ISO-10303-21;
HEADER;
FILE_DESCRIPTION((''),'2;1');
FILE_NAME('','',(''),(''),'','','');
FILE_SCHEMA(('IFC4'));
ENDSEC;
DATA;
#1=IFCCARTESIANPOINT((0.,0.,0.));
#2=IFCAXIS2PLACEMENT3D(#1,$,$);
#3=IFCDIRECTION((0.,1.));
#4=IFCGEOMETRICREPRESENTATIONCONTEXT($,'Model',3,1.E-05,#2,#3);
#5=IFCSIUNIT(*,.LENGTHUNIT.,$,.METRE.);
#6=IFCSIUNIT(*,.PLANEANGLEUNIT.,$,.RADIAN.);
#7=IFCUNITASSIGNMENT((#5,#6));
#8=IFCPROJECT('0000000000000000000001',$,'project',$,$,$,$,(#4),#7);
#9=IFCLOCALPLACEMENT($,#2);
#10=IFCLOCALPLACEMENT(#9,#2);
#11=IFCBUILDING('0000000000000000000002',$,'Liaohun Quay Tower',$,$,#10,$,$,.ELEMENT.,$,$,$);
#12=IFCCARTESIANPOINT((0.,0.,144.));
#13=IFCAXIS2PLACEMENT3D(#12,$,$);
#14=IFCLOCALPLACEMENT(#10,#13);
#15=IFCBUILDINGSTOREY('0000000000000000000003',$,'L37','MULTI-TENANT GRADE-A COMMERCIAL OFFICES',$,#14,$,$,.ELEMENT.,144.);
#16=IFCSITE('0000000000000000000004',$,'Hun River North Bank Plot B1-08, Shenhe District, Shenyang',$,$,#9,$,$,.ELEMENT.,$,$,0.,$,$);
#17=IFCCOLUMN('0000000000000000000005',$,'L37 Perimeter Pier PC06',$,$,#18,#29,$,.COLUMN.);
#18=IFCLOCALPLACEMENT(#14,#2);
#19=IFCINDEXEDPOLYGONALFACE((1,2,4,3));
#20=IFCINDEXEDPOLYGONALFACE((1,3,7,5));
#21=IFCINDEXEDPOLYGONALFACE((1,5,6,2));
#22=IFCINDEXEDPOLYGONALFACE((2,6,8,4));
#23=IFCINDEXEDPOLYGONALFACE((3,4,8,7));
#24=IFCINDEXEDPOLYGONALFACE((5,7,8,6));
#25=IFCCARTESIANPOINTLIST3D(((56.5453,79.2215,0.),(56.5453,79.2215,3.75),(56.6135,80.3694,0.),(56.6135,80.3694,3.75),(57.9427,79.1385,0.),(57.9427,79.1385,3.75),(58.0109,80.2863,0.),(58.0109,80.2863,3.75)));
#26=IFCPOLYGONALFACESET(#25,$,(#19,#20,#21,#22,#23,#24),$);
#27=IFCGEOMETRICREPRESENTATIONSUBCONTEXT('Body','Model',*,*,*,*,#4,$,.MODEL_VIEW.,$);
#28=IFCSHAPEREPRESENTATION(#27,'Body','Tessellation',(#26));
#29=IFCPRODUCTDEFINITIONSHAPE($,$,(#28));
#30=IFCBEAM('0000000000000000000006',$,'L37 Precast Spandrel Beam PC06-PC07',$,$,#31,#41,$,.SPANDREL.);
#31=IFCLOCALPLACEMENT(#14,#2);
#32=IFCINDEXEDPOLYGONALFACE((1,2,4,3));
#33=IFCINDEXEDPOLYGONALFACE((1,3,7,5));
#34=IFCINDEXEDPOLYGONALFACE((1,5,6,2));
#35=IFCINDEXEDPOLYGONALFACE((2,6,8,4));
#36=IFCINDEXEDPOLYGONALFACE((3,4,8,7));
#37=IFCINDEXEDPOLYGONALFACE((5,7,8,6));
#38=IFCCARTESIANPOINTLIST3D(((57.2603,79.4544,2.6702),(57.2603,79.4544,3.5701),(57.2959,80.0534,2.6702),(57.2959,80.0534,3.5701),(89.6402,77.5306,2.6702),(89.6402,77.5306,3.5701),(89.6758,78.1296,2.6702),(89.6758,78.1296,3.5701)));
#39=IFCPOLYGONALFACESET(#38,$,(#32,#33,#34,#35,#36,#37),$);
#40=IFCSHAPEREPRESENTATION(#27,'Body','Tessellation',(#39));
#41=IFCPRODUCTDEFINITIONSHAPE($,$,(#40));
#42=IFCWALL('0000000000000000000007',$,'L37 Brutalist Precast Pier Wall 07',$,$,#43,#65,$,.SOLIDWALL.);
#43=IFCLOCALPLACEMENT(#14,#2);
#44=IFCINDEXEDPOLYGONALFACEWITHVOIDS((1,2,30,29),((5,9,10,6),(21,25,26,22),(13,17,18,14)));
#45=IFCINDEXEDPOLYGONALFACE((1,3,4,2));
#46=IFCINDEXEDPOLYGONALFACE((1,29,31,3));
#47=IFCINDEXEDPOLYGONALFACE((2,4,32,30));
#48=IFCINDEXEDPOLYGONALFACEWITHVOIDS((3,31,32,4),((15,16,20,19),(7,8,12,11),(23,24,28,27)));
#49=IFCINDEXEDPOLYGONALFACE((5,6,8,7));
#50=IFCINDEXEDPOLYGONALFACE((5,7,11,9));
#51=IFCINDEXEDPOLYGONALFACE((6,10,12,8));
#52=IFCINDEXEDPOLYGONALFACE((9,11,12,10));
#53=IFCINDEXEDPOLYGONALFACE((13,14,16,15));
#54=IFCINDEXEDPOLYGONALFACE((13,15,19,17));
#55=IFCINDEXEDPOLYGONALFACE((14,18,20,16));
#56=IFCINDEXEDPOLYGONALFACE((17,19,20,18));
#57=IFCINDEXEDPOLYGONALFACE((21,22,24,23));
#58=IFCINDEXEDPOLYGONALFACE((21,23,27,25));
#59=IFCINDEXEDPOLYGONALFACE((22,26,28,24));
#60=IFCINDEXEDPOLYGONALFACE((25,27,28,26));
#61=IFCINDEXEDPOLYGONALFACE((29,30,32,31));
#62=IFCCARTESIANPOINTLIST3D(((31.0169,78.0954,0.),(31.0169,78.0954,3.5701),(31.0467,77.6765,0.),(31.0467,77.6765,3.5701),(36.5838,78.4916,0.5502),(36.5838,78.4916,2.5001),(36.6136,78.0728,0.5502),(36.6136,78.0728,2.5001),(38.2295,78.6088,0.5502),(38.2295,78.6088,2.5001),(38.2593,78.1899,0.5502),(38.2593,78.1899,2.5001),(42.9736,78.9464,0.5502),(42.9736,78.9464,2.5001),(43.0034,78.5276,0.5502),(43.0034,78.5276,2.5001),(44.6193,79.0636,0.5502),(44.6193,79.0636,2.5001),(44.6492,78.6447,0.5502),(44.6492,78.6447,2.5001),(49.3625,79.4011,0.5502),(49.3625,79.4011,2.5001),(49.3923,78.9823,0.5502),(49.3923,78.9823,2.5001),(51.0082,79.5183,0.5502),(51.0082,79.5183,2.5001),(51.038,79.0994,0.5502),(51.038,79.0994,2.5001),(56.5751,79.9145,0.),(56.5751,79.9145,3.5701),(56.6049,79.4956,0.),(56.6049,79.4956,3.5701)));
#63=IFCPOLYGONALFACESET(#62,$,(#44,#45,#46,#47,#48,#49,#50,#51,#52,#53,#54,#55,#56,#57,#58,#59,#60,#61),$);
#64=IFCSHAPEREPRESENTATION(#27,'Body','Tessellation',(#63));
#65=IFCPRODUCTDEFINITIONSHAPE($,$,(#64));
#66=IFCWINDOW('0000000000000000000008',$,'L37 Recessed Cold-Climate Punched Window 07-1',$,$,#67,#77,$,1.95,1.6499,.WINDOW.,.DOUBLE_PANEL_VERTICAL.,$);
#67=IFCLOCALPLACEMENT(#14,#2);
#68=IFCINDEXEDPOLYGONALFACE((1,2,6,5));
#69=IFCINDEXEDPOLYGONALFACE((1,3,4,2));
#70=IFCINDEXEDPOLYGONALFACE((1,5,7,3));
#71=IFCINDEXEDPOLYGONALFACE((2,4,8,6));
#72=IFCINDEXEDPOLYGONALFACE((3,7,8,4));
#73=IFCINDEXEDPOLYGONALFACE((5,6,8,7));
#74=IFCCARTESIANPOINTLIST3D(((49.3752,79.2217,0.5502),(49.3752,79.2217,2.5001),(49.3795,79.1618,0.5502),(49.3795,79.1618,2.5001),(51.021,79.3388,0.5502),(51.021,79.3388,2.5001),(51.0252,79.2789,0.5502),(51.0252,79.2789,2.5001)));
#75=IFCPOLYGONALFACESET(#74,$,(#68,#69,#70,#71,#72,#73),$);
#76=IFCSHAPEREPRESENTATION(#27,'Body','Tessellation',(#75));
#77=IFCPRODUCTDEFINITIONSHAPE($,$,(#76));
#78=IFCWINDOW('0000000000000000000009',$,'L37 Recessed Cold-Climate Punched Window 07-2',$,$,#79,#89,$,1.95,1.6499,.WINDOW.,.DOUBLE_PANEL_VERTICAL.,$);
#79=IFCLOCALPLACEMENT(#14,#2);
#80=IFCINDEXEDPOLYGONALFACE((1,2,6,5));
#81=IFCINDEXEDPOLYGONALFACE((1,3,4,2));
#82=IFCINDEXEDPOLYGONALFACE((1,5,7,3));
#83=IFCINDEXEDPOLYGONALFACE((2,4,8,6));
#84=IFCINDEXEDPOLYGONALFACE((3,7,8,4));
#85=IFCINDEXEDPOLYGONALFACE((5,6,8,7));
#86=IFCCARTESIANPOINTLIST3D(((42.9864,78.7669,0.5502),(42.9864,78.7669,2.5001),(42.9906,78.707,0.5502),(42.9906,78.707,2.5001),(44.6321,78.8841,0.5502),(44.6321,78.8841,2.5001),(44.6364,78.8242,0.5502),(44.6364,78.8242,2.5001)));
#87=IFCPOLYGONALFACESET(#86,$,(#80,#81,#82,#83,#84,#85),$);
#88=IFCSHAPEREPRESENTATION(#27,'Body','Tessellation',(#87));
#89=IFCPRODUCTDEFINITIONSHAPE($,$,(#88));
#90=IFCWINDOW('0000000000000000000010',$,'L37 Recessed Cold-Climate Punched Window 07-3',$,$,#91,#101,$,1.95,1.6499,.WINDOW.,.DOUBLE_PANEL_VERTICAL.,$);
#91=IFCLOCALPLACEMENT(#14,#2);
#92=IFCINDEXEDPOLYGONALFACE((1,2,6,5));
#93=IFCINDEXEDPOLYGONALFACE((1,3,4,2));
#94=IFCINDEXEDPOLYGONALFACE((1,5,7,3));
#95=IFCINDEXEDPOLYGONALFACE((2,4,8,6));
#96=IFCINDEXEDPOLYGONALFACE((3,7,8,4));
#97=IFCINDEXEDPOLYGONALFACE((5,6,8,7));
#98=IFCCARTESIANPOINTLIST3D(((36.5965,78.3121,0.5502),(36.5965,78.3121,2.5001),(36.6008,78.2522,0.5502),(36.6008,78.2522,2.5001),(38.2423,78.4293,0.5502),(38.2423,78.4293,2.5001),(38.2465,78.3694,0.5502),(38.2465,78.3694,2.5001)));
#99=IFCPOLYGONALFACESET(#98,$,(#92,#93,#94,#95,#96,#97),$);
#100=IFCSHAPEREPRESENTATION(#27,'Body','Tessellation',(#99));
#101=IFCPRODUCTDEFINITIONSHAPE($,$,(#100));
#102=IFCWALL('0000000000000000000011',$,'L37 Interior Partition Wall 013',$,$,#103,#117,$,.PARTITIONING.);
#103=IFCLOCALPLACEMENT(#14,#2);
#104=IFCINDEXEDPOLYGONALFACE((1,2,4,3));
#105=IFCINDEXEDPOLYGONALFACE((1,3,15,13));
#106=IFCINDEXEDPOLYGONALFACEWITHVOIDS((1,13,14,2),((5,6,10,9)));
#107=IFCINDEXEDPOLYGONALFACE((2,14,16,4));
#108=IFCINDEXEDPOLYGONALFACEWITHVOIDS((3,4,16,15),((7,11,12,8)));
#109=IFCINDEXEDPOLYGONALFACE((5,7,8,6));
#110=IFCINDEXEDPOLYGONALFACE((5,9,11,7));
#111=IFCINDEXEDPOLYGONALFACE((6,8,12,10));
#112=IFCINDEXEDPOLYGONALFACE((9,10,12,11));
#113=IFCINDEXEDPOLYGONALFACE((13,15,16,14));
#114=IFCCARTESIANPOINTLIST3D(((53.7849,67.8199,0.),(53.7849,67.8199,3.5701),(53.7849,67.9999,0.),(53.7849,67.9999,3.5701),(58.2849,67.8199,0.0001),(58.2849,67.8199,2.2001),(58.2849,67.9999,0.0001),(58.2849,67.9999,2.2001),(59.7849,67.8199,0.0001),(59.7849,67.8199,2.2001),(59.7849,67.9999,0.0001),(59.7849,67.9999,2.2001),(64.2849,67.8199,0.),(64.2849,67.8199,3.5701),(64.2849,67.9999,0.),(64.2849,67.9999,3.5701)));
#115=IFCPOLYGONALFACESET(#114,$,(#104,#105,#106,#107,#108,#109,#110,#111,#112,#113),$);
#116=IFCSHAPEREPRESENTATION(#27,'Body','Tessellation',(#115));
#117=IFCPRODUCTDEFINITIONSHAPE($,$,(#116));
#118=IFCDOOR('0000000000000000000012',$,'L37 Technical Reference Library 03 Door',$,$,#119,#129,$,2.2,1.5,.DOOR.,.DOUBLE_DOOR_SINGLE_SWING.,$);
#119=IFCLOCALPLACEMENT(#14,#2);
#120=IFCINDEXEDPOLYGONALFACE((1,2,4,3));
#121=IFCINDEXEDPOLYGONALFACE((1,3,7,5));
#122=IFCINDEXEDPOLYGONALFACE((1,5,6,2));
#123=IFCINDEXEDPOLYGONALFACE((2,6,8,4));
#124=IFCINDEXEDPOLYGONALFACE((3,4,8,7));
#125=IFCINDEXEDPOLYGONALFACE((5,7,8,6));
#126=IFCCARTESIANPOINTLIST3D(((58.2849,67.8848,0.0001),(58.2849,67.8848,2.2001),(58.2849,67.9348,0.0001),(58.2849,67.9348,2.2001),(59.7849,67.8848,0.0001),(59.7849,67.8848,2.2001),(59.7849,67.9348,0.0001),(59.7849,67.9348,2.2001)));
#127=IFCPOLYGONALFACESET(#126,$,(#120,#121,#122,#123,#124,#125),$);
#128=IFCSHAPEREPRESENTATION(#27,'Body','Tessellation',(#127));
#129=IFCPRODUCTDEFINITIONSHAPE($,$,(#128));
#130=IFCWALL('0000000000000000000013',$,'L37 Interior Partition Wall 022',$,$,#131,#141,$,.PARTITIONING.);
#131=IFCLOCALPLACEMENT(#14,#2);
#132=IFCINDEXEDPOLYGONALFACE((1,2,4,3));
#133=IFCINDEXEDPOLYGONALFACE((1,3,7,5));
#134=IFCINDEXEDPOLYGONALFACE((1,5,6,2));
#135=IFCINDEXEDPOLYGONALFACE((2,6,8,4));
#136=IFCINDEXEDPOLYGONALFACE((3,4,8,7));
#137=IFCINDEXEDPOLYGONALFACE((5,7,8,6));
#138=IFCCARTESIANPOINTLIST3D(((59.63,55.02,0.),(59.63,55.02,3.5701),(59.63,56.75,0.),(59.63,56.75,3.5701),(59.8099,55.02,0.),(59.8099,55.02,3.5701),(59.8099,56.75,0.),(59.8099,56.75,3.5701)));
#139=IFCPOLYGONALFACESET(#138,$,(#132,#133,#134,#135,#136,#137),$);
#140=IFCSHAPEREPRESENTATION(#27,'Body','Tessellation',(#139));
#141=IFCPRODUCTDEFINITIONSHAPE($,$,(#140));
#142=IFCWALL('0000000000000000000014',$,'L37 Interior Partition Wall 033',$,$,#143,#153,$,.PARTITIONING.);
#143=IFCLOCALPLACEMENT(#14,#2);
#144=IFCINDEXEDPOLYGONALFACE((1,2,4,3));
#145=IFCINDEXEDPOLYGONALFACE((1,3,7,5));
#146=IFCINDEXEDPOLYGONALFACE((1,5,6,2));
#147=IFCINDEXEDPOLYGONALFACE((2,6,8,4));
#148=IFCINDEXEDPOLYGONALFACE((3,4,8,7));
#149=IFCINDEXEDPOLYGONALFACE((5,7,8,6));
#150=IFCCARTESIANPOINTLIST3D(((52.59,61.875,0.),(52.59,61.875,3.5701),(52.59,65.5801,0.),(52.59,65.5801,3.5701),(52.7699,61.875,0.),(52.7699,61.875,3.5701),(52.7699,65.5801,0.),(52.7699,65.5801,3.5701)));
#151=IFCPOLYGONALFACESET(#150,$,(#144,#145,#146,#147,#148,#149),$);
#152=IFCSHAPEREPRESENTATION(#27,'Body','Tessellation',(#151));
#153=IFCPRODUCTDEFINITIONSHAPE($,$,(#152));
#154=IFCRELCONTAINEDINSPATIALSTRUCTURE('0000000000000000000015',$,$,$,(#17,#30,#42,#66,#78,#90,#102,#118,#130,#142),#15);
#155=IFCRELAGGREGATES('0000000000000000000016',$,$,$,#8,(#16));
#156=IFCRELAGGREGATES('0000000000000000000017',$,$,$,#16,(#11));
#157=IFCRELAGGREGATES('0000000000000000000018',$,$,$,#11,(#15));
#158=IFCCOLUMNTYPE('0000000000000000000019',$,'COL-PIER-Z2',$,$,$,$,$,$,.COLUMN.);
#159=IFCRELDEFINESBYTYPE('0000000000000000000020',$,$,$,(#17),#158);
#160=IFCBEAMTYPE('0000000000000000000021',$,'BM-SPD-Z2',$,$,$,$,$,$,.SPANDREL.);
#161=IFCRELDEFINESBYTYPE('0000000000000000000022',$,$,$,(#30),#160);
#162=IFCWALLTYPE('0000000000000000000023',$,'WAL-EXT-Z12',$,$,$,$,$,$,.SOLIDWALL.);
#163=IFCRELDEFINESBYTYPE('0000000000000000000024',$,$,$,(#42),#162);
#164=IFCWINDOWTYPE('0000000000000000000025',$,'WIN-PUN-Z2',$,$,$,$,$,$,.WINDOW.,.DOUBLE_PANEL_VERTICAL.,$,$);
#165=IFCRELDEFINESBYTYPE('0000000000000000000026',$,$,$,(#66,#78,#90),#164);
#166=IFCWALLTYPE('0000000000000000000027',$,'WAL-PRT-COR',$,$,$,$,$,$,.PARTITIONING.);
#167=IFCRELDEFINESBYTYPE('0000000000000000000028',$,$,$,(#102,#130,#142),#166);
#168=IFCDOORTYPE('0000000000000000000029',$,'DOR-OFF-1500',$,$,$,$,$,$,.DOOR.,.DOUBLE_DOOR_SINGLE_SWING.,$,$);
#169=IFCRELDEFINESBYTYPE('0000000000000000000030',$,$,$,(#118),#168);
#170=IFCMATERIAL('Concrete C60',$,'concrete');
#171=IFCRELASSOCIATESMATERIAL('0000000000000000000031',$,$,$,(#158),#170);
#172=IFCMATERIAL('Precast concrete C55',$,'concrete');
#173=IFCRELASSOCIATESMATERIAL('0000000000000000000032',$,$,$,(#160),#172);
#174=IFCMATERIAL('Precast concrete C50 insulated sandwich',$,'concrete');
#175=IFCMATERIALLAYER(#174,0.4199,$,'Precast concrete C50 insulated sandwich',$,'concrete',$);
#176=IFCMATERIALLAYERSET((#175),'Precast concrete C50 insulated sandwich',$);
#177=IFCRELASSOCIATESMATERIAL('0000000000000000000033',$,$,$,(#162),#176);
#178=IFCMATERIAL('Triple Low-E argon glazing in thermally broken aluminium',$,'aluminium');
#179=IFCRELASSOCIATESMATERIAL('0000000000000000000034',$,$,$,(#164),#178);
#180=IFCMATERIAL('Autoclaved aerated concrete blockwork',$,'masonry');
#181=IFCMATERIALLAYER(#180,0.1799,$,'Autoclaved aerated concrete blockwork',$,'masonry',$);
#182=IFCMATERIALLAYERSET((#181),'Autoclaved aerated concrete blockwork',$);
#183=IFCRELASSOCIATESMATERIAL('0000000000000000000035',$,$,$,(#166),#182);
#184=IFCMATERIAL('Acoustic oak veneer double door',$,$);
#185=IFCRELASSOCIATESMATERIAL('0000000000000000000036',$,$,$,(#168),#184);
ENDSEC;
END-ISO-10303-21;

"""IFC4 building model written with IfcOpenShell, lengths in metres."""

from ifc_helpers import new_model, si_unit, direction, frame, frame_2d, origin, origin_2d, place, context, subcontext, project, spatial, rectangle, extrude, source, transform, mapped, material, layer, layer_set, material_profile, profile_set, type_object, element, fill, save


model = new_model("IFC4")

# Units and contexts
model_context = context("Model", 3, precision=1e-05, world=origin(), true_north=direction((0.0, 1.0)))
body_context = subcontext(model_context, "Body", "Model", "MODEL_VIEW")
ifc_project = project(units=[si_unit("LENGTHUNIT", "METRE"), si_unit("PLANEANGLEUNIT", "RADIAN")], contexts=[model_context])

# Site, building, storey
site_placement = place(None, origin())
site = spatial("IfcSite", under=ifc_project, at=site_placement, Name="Hun River North Bank Plot B1-08, Shenhe District, Shenyang", CompositionType="ELEMENT", RefElevation=0.0)
building_placement = place(site_placement, origin())
building = spatial("IfcBuilding", under=site, at=building_placement, Name="Liaohun Quay Tower", CompositionType="ELEMENT")
storey_placement = place(building_placement, frame((0.0, 0.0, 144.0)))
storey = spatial("IfcBuildingStorey", under=building, at=storey_placement, Name="L37", Description="MULTI-TENANT GRADE-A COMMERCIAL OFFICES", CompositionType="ELEMENT", Elevation=144.0)

# Column
ifc_material_1 = material(Name="Concrete C60", Category="concrete")
ifc_material_profile_1 = material_profile(ifc_material_1, rectangle(XDim=1.3999, YDim=1.1499, at=origin_2d()), Name="RC1400x1150")
ifc_profile_set_1 = profile_set([ifc_material_profile_1], Name="Concrete C60")
column_type = type_object("IfcColumnType", Name="COL-PIER-Z2", PredefinedType="COLUMN", material=ifc_profile_set_1)
shared_shape_1 = source(origin(), body_context, "Body", "SweptSolid", [
    extrude(rectangle(XDim=1.3999, YDim=1.1499, at=origin_2d()), origin(), (0.0, 0.0, 1.0), 3.75),
])
column_placement = place(storey_placement, frame((57.2781, 79.7539, 0.0), z_axis=(0.0, 0.0, 1.0), x_axis=(-0.99824, 0.059306, 0.0)))
element("IfcColumn", 1, at=column_placement, inside=storey, type_object=column_type, Name="L37 Perimeter Pier PC06", PredefinedType="COLUMN", context=body_context, shape_type="MappedRepresentation", body=[
    mapped(shared_shape_1, transform((0.0, 0.0, 0.0), x_axis=(1.0, 0.0, 0.0), y_axis=(0.0, 1.0, 0.0), z_axis=(0.0, 0.0, 1.0), scale=1.0)),
])

# Beam
ifc_material_2 = material(Name="Precast concrete C55", Category="concrete")
ifc_material_profile_2 = material_profile(ifc_material_2, rectangle(XDim=0.6001, YDim=0.8999, at=origin_2d()), Name="RC600x900")
ifc_profile_set_2 = profile_set([ifc_material_profile_2], Name="Precast concrete C55")
beam_type = type_object("IfcBeamType", Name="BM-SPD-Z2", PredefinedType="SPANDREL", material=ifc_profile_set_2)
shared_shape_2 = source(origin(), body_context, "Body", "SweptSolid", [
    extrude(rectangle(XDim=0.6001, YDim=0.8999, at=origin_2d()), origin(), (0.0, 0.0, 1.0), 32.437),
])
beam_placement = place(storey_placement, frame((57.2781, 79.7539, 3.1201), z_axis=(0.99824, -0.05931, 0.0), x_axis=(0.05931, 0.99824, 0.0)))
element("IfcBeam", 2, at=beam_placement, inside=storey, type_object=beam_type, Name="L37 Precast Spandrel Beam PC06-PC07", PredefinedType="SPANDREL", context=body_context, shape_type="MappedRepresentation", body=[
    mapped(shared_shape_2, transform((0.0, 0.0, 0.0), x_axis=(1.0, 0.0, 0.0), y_axis=(0.0, 1.0, 0.0), z_axis=(0.0, 0.0, 1.0), scale=1.0)),
])

# Wall, openings, windows
ifc_material_3 = material(Name="Precast concrete C50 insulated sandwich", Category="concrete")
ifc_layer_1 = layer(ifc_material_3, 0.4199, Name="Precast concrete C50 insulated sandwich", Category="concrete")
ifc_layer_set_1 = layer_set([ifc_layer_1], Name="Precast concrete C50 insulated sandwich")
wall_type_1 = type_object("IfcWallType", Name="WAL-EXT-Z12", PredefinedType="SOLIDWALL", material=ifc_layer_set_1)
wall_1_placement = place(storey_placement, frame((56.5901, 79.7051, 0.0), z_axis=(0.0, 0.0, 1.0), x_axis=(-0.997477, -0.070995, 0.0)))
wall_1 = element("IfcWall", 3, at=wall_1_placement, inside=storey, type_object=wall_type_1, Name="L37 Brutalist Precast Pier Wall 07", PredefinedType="SOLIDWALL", context=body_context, shape_type="SweptSolid", body=[
    extrude(rectangle(XDim=25.6228, YDim=0.4199, at=frame_2d((12.8115, 0.0))), origin(), (0.0, 0.0, 1.0), 3.5701),
])
shared_shape_3 = source(origin(), body_context, "Body", "SweptSolid", [
    extrude(rectangle(XDim=1.6499, YDim=1.95, at=frame_2d((0.825, 0.9751))), frame((0.0, 0.22, 0.0), z_axis=(0.0, -1.0, 0.0), x_axis=(1.0, 0.0, 0.0)), (0.0, 0.0, 1.0), 0.4399),
])
opening_1_placement = place(wall_1_placement, frame((5.5811, 0.0, 0.55)))
opening_1 = element("IfcOpeningElement", 4, at=opening_1_placement, cuts=wall_1, PredefinedType="OPENING", context=body_context, shape_type="MappedRepresentation", body=[
    mapped(shared_shape_3, transform((0.0, 0.0, 0.0), x_axis=(1.0, 0.0, 0.0), y_axis=(0.0, 1.0, 0.0), z_axis=(0.0, 0.0, 1.0), scale=1.0)),
])
opening_2_placement = place(wall_1_placement, frame((11.9861, 0.0, 0.55)))
opening_2 = element("IfcOpeningElement", 5, at=opening_2_placement, cuts=wall_1, PredefinedType="OPENING", context=body_context, shape_type="MappedRepresentation", body=[
    mapped(shared_shape_3, transform((0.0, 0.0, 0.0), x_axis=(1.0, 0.0, 0.0), y_axis=(0.0, 1.0, 0.0), z_axis=(0.0, 0.0, 1.0), scale=1.0)),
])
opening_3_placement = place(wall_1_placement, frame((18.3921, 0.0, 0.55)))
opening_3 = element("IfcOpeningElement", 6, at=opening_3_placement, cuts=wall_1, PredefinedType="OPENING", context=body_context, shape_type="MappedRepresentation", body=[
    mapped(shared_shape_3, transform((0.0, 0.0, 0.0), x_axis=(1.0, 0.0, 0.0), y_axis=(0.0, 1.0, 0.0), z_axis=(0.0, 0.0, 1.0), scale=1.0)),
])
ifc_material_4 = material(Name="Triple Low-E argon glazing in thermally broken aluminium", Category="aluminium")
window_type = type_object("IfcWindowType", Name="WIN-PUN-Z2", PartitioningType="DOUBLE_PANEL_VERTICAL", PredefinedType="WINDOW", material=ifc_material_4)
shared_shape_4 = source(origin(), body_context, "Body", "SweptSolid", [
    extrude(rectangle(XDim=1.6499, YDim=1.95, at=frame_2d((0.825, 0.9751))), frame((0.0, 0.03, 0.0), z_axis=(0.0, -1.0, 0.0), x_axis=(1.0, 0.0, 0.0)), (0.0, 0.0, 1.0), 0.0601),
])
window_1_placement = place(opening_1_placement, origin())
window_1 = element("IfcWindow", 7, at=window_1_placement, inside=storey, type_object=window_type, Name="L37 Recessed Cold-Climate Punched Window 07-1", OverallHeight=1.95, OverallWidth=1.6499, PartitioningType="DOUBLE_PANEL_VERTICAL", PredefinedType="WINDOW", context=body_context, shape_type="MappedRepresentation", body=[
    mapped(shared_shape_4, transform((0.0, 0.0, 0.0), x_axis=(1.0, 0.0, 0.0), y_axis=(0.0, 1.0, 0.0), z_axis=(0.0, 0.0, 1.0), scale=1.0)),
])
fill(opening_1, window_1)
window_2_placement = place(opening_2_placement, origin())
window_2 = element("IfcWindow", 8, at=window_2_placement, inside=storey, type_object=window_type, Name="L37 Recessed Cold-Climate Punched Window 07-2", OverallHeight=1.95, OverallWidth=1.6499, PartitioningType="DOUBLE_PANEL_VERTICAL", PredefinedType="WINDOW", context=body_context, shape_type="MappedRepresentation", body=[
    mapped(shared_shape_4, transform((0.0, 0.0, 0.0), x_axis=(1.0, 0.0, 0.0), y_axis=(0.0, 1.0, 0.0), z_axis=(0.0, 0.0, 1.0), scale=1.0)),
])
fill(opening_2, window_2)
window_3_placement = place(opening_3_placement, origin())
window_3 = element("IfcWindow", 9, at=window_3_placement, inside=storey, type_object=window_type, Name="L37 Recessed Cold-Climate Punched Window 07-3", OverallHeight=1.95, OverallWidth=1.6499, PartitioningType="DOUBLE_PANEL_VERTICAL", PredefinedType="WINDOW", context=body_context, shape_type="MappedRepresentation", body=[
    mapped(shared_shape_4, transform((0.0, 0.0, 0.0), x_axis=(1.0, 0.0, 0.0), y_axis=(0.0, 1.0, 0.0), z_axis=(0.0, 0.0, 1.0), scale=1.0)),
])
fill(opening_3, window_3)

# Wall, opening, door
ifc_material_5 = material(Name="Autoclaved aerated concrete blockwork", Category="masonry")
ifc_layer_2 = layer(ifc_material_5, 0.1799, Name="Autoclaved aerated concrete blockwork", Category="masonry")
ifc_layer_set_2 = layer_set([ifc_layer_2], Name="Autoclaved aerated concrete blockwork")
wall_type_2 = type_object("IfcWallType", Name="WAL-PRT-COR", PredefinedType="PARTITIONING", material=ifc_layer_set_2)
wall_2_placement = place(storey_placement, frame((53.7849, 67.9099, 0.0), z_axis=(0.0, 0.0, 1.0), x_axis=(1.0, 0.0, 0.0)))
wall_2 = element("IfcWall", 10, at=wall_2_placement, inside=storey, type_object=wall_type_2, Name="L37 Interior Partition Wall 013", PredefinedType="PARTITIONING", context=body_context, shape_type="SweptSolid", body=[
    extrude(rectangle(XDim=10.5, YDim=0.1799, at=frame_2d((5.25, 0.0))), origin(), (0.0, 0.0, 1.0), 3.5701),
])
shared_shape_5 = source(origin(), body_context, "Body", "SweptSolid", [
    extrude(rectangle(XDim=1.5, YDim=2.2, at=frame_2d((0.75, 1.1001))), frame((0.0, 0.0999, 0.0), z_axis=(0.0, -1.0, 0.0), x_axis=(1.0, 0.0, 0.0)), (0.0, 0.0, 1.0), 0.2),
])
opening_4_placement = place(wall_2_placement, frame((4.5, 0.0, 0.0)))
opening_4 = element("IfcOpeningElement", 11, at=opening_4_placement, cuts=wall_2, PredefinedType="OPENING", context=body_context, shape_type="MappedRepresentation", body=[
    mapped(shared_shape_5, transform((0.0, 0.0, 0.0), x_axis=(1.0, 0.0, 0.0), y_axis=(0.0, 1.0, 0.0), z_axis=(0.0, 0.0, 1.0), scale=1.0)),
])
ifc_material_6 = material(Name="Acoustic oak veneer double door")
door_type_1 = type_object("IfcDoorType", Name="DOR-OFF-1500", OperationType="DOUBLE_DOOR_SINGLE_SWING", PredefinedType="DOOR", material=ifc_material_6)
shared_shape_6 = source(origin(), body_context, "Body", "SweptSolid", [
    extrude(rectangle(XDim=1.5, YDim=2.2, at=frame_2d((0.75, 1.1001))), frame((0.0, 0.0249, 0.0), z_axis=(0.0, -1.0, 0.0), x_axis=(1.0, 0.0, 0.0)), (0.0, 0.0, 1.0), 0.05),
])
door_1_placement = place(opening_4_placement, origin())
door_1 = element("IfcDoor", 12, at=door_1_placement, inside=storey, type_object=door_type_1, Name="L37 Technical Reference Library 03 Door", OperationType="DOUBLE_DOOR_SINGLE_SWING", OverallHeight=2.2, OverallWidth=1.5, PredefinedType="DOOR", context=body_context, shape_type="MappedRepresentation", body=[
    mapped(shared_shape_6, transform((0.0, 0.0, 0.0), x_axis=(1.0, 0.0, 0.0), y_axis=(0.0, 1.0, 0.0), z_axis=(0.0, 0.0, 1.0), scale=1.0)),
])
fill(opening_4, door_1)

# Walls
wall_3_placement = place(storey_placement, frame((59.72, 55.02, 0.0), z_axis=(0.0, 0.0, 1.0), x_axis=(0.0, 1.0, 0.0)))
element("IfcWall", 13, at=wall_3_placement, inside=storey, type_object=wall_type_2, Name="L37 Interior Partition Wall 022", PredefinedType="PARTITIONING", context=body_context, shape_type="SweptSolid", body=[
    extrude(rectangle(XDim=1.73, YDim=0.1799, at=frame_2d((0.865, 0.0))), origin(), (0.0, 0.0, 1.0), 3.5701),
])
wall_4_placement = place(storey_placement, frame((52.6799, 61.875, 0.0), z_axis=(0.0, 0.0, 1.0), x_axis=(0.0, 1.0, 0.0)))
element("IfcWall", 14, at=wall_4_placement, inside=storey, type_object=wall_type_2, Name="L37 Interior Partition Wall 033", PredefinedType="PARTITIONING", context=body_context, shape_type="SweptSolid", body=[
    extrude(rectangle(XDim=3.7051, YDim=0.1799, at=frame_2d((1.8525, 0.0))), origin(), (0.0, 0.0, 1.0), 3.5701),
])

save(model, "model.ifc")
